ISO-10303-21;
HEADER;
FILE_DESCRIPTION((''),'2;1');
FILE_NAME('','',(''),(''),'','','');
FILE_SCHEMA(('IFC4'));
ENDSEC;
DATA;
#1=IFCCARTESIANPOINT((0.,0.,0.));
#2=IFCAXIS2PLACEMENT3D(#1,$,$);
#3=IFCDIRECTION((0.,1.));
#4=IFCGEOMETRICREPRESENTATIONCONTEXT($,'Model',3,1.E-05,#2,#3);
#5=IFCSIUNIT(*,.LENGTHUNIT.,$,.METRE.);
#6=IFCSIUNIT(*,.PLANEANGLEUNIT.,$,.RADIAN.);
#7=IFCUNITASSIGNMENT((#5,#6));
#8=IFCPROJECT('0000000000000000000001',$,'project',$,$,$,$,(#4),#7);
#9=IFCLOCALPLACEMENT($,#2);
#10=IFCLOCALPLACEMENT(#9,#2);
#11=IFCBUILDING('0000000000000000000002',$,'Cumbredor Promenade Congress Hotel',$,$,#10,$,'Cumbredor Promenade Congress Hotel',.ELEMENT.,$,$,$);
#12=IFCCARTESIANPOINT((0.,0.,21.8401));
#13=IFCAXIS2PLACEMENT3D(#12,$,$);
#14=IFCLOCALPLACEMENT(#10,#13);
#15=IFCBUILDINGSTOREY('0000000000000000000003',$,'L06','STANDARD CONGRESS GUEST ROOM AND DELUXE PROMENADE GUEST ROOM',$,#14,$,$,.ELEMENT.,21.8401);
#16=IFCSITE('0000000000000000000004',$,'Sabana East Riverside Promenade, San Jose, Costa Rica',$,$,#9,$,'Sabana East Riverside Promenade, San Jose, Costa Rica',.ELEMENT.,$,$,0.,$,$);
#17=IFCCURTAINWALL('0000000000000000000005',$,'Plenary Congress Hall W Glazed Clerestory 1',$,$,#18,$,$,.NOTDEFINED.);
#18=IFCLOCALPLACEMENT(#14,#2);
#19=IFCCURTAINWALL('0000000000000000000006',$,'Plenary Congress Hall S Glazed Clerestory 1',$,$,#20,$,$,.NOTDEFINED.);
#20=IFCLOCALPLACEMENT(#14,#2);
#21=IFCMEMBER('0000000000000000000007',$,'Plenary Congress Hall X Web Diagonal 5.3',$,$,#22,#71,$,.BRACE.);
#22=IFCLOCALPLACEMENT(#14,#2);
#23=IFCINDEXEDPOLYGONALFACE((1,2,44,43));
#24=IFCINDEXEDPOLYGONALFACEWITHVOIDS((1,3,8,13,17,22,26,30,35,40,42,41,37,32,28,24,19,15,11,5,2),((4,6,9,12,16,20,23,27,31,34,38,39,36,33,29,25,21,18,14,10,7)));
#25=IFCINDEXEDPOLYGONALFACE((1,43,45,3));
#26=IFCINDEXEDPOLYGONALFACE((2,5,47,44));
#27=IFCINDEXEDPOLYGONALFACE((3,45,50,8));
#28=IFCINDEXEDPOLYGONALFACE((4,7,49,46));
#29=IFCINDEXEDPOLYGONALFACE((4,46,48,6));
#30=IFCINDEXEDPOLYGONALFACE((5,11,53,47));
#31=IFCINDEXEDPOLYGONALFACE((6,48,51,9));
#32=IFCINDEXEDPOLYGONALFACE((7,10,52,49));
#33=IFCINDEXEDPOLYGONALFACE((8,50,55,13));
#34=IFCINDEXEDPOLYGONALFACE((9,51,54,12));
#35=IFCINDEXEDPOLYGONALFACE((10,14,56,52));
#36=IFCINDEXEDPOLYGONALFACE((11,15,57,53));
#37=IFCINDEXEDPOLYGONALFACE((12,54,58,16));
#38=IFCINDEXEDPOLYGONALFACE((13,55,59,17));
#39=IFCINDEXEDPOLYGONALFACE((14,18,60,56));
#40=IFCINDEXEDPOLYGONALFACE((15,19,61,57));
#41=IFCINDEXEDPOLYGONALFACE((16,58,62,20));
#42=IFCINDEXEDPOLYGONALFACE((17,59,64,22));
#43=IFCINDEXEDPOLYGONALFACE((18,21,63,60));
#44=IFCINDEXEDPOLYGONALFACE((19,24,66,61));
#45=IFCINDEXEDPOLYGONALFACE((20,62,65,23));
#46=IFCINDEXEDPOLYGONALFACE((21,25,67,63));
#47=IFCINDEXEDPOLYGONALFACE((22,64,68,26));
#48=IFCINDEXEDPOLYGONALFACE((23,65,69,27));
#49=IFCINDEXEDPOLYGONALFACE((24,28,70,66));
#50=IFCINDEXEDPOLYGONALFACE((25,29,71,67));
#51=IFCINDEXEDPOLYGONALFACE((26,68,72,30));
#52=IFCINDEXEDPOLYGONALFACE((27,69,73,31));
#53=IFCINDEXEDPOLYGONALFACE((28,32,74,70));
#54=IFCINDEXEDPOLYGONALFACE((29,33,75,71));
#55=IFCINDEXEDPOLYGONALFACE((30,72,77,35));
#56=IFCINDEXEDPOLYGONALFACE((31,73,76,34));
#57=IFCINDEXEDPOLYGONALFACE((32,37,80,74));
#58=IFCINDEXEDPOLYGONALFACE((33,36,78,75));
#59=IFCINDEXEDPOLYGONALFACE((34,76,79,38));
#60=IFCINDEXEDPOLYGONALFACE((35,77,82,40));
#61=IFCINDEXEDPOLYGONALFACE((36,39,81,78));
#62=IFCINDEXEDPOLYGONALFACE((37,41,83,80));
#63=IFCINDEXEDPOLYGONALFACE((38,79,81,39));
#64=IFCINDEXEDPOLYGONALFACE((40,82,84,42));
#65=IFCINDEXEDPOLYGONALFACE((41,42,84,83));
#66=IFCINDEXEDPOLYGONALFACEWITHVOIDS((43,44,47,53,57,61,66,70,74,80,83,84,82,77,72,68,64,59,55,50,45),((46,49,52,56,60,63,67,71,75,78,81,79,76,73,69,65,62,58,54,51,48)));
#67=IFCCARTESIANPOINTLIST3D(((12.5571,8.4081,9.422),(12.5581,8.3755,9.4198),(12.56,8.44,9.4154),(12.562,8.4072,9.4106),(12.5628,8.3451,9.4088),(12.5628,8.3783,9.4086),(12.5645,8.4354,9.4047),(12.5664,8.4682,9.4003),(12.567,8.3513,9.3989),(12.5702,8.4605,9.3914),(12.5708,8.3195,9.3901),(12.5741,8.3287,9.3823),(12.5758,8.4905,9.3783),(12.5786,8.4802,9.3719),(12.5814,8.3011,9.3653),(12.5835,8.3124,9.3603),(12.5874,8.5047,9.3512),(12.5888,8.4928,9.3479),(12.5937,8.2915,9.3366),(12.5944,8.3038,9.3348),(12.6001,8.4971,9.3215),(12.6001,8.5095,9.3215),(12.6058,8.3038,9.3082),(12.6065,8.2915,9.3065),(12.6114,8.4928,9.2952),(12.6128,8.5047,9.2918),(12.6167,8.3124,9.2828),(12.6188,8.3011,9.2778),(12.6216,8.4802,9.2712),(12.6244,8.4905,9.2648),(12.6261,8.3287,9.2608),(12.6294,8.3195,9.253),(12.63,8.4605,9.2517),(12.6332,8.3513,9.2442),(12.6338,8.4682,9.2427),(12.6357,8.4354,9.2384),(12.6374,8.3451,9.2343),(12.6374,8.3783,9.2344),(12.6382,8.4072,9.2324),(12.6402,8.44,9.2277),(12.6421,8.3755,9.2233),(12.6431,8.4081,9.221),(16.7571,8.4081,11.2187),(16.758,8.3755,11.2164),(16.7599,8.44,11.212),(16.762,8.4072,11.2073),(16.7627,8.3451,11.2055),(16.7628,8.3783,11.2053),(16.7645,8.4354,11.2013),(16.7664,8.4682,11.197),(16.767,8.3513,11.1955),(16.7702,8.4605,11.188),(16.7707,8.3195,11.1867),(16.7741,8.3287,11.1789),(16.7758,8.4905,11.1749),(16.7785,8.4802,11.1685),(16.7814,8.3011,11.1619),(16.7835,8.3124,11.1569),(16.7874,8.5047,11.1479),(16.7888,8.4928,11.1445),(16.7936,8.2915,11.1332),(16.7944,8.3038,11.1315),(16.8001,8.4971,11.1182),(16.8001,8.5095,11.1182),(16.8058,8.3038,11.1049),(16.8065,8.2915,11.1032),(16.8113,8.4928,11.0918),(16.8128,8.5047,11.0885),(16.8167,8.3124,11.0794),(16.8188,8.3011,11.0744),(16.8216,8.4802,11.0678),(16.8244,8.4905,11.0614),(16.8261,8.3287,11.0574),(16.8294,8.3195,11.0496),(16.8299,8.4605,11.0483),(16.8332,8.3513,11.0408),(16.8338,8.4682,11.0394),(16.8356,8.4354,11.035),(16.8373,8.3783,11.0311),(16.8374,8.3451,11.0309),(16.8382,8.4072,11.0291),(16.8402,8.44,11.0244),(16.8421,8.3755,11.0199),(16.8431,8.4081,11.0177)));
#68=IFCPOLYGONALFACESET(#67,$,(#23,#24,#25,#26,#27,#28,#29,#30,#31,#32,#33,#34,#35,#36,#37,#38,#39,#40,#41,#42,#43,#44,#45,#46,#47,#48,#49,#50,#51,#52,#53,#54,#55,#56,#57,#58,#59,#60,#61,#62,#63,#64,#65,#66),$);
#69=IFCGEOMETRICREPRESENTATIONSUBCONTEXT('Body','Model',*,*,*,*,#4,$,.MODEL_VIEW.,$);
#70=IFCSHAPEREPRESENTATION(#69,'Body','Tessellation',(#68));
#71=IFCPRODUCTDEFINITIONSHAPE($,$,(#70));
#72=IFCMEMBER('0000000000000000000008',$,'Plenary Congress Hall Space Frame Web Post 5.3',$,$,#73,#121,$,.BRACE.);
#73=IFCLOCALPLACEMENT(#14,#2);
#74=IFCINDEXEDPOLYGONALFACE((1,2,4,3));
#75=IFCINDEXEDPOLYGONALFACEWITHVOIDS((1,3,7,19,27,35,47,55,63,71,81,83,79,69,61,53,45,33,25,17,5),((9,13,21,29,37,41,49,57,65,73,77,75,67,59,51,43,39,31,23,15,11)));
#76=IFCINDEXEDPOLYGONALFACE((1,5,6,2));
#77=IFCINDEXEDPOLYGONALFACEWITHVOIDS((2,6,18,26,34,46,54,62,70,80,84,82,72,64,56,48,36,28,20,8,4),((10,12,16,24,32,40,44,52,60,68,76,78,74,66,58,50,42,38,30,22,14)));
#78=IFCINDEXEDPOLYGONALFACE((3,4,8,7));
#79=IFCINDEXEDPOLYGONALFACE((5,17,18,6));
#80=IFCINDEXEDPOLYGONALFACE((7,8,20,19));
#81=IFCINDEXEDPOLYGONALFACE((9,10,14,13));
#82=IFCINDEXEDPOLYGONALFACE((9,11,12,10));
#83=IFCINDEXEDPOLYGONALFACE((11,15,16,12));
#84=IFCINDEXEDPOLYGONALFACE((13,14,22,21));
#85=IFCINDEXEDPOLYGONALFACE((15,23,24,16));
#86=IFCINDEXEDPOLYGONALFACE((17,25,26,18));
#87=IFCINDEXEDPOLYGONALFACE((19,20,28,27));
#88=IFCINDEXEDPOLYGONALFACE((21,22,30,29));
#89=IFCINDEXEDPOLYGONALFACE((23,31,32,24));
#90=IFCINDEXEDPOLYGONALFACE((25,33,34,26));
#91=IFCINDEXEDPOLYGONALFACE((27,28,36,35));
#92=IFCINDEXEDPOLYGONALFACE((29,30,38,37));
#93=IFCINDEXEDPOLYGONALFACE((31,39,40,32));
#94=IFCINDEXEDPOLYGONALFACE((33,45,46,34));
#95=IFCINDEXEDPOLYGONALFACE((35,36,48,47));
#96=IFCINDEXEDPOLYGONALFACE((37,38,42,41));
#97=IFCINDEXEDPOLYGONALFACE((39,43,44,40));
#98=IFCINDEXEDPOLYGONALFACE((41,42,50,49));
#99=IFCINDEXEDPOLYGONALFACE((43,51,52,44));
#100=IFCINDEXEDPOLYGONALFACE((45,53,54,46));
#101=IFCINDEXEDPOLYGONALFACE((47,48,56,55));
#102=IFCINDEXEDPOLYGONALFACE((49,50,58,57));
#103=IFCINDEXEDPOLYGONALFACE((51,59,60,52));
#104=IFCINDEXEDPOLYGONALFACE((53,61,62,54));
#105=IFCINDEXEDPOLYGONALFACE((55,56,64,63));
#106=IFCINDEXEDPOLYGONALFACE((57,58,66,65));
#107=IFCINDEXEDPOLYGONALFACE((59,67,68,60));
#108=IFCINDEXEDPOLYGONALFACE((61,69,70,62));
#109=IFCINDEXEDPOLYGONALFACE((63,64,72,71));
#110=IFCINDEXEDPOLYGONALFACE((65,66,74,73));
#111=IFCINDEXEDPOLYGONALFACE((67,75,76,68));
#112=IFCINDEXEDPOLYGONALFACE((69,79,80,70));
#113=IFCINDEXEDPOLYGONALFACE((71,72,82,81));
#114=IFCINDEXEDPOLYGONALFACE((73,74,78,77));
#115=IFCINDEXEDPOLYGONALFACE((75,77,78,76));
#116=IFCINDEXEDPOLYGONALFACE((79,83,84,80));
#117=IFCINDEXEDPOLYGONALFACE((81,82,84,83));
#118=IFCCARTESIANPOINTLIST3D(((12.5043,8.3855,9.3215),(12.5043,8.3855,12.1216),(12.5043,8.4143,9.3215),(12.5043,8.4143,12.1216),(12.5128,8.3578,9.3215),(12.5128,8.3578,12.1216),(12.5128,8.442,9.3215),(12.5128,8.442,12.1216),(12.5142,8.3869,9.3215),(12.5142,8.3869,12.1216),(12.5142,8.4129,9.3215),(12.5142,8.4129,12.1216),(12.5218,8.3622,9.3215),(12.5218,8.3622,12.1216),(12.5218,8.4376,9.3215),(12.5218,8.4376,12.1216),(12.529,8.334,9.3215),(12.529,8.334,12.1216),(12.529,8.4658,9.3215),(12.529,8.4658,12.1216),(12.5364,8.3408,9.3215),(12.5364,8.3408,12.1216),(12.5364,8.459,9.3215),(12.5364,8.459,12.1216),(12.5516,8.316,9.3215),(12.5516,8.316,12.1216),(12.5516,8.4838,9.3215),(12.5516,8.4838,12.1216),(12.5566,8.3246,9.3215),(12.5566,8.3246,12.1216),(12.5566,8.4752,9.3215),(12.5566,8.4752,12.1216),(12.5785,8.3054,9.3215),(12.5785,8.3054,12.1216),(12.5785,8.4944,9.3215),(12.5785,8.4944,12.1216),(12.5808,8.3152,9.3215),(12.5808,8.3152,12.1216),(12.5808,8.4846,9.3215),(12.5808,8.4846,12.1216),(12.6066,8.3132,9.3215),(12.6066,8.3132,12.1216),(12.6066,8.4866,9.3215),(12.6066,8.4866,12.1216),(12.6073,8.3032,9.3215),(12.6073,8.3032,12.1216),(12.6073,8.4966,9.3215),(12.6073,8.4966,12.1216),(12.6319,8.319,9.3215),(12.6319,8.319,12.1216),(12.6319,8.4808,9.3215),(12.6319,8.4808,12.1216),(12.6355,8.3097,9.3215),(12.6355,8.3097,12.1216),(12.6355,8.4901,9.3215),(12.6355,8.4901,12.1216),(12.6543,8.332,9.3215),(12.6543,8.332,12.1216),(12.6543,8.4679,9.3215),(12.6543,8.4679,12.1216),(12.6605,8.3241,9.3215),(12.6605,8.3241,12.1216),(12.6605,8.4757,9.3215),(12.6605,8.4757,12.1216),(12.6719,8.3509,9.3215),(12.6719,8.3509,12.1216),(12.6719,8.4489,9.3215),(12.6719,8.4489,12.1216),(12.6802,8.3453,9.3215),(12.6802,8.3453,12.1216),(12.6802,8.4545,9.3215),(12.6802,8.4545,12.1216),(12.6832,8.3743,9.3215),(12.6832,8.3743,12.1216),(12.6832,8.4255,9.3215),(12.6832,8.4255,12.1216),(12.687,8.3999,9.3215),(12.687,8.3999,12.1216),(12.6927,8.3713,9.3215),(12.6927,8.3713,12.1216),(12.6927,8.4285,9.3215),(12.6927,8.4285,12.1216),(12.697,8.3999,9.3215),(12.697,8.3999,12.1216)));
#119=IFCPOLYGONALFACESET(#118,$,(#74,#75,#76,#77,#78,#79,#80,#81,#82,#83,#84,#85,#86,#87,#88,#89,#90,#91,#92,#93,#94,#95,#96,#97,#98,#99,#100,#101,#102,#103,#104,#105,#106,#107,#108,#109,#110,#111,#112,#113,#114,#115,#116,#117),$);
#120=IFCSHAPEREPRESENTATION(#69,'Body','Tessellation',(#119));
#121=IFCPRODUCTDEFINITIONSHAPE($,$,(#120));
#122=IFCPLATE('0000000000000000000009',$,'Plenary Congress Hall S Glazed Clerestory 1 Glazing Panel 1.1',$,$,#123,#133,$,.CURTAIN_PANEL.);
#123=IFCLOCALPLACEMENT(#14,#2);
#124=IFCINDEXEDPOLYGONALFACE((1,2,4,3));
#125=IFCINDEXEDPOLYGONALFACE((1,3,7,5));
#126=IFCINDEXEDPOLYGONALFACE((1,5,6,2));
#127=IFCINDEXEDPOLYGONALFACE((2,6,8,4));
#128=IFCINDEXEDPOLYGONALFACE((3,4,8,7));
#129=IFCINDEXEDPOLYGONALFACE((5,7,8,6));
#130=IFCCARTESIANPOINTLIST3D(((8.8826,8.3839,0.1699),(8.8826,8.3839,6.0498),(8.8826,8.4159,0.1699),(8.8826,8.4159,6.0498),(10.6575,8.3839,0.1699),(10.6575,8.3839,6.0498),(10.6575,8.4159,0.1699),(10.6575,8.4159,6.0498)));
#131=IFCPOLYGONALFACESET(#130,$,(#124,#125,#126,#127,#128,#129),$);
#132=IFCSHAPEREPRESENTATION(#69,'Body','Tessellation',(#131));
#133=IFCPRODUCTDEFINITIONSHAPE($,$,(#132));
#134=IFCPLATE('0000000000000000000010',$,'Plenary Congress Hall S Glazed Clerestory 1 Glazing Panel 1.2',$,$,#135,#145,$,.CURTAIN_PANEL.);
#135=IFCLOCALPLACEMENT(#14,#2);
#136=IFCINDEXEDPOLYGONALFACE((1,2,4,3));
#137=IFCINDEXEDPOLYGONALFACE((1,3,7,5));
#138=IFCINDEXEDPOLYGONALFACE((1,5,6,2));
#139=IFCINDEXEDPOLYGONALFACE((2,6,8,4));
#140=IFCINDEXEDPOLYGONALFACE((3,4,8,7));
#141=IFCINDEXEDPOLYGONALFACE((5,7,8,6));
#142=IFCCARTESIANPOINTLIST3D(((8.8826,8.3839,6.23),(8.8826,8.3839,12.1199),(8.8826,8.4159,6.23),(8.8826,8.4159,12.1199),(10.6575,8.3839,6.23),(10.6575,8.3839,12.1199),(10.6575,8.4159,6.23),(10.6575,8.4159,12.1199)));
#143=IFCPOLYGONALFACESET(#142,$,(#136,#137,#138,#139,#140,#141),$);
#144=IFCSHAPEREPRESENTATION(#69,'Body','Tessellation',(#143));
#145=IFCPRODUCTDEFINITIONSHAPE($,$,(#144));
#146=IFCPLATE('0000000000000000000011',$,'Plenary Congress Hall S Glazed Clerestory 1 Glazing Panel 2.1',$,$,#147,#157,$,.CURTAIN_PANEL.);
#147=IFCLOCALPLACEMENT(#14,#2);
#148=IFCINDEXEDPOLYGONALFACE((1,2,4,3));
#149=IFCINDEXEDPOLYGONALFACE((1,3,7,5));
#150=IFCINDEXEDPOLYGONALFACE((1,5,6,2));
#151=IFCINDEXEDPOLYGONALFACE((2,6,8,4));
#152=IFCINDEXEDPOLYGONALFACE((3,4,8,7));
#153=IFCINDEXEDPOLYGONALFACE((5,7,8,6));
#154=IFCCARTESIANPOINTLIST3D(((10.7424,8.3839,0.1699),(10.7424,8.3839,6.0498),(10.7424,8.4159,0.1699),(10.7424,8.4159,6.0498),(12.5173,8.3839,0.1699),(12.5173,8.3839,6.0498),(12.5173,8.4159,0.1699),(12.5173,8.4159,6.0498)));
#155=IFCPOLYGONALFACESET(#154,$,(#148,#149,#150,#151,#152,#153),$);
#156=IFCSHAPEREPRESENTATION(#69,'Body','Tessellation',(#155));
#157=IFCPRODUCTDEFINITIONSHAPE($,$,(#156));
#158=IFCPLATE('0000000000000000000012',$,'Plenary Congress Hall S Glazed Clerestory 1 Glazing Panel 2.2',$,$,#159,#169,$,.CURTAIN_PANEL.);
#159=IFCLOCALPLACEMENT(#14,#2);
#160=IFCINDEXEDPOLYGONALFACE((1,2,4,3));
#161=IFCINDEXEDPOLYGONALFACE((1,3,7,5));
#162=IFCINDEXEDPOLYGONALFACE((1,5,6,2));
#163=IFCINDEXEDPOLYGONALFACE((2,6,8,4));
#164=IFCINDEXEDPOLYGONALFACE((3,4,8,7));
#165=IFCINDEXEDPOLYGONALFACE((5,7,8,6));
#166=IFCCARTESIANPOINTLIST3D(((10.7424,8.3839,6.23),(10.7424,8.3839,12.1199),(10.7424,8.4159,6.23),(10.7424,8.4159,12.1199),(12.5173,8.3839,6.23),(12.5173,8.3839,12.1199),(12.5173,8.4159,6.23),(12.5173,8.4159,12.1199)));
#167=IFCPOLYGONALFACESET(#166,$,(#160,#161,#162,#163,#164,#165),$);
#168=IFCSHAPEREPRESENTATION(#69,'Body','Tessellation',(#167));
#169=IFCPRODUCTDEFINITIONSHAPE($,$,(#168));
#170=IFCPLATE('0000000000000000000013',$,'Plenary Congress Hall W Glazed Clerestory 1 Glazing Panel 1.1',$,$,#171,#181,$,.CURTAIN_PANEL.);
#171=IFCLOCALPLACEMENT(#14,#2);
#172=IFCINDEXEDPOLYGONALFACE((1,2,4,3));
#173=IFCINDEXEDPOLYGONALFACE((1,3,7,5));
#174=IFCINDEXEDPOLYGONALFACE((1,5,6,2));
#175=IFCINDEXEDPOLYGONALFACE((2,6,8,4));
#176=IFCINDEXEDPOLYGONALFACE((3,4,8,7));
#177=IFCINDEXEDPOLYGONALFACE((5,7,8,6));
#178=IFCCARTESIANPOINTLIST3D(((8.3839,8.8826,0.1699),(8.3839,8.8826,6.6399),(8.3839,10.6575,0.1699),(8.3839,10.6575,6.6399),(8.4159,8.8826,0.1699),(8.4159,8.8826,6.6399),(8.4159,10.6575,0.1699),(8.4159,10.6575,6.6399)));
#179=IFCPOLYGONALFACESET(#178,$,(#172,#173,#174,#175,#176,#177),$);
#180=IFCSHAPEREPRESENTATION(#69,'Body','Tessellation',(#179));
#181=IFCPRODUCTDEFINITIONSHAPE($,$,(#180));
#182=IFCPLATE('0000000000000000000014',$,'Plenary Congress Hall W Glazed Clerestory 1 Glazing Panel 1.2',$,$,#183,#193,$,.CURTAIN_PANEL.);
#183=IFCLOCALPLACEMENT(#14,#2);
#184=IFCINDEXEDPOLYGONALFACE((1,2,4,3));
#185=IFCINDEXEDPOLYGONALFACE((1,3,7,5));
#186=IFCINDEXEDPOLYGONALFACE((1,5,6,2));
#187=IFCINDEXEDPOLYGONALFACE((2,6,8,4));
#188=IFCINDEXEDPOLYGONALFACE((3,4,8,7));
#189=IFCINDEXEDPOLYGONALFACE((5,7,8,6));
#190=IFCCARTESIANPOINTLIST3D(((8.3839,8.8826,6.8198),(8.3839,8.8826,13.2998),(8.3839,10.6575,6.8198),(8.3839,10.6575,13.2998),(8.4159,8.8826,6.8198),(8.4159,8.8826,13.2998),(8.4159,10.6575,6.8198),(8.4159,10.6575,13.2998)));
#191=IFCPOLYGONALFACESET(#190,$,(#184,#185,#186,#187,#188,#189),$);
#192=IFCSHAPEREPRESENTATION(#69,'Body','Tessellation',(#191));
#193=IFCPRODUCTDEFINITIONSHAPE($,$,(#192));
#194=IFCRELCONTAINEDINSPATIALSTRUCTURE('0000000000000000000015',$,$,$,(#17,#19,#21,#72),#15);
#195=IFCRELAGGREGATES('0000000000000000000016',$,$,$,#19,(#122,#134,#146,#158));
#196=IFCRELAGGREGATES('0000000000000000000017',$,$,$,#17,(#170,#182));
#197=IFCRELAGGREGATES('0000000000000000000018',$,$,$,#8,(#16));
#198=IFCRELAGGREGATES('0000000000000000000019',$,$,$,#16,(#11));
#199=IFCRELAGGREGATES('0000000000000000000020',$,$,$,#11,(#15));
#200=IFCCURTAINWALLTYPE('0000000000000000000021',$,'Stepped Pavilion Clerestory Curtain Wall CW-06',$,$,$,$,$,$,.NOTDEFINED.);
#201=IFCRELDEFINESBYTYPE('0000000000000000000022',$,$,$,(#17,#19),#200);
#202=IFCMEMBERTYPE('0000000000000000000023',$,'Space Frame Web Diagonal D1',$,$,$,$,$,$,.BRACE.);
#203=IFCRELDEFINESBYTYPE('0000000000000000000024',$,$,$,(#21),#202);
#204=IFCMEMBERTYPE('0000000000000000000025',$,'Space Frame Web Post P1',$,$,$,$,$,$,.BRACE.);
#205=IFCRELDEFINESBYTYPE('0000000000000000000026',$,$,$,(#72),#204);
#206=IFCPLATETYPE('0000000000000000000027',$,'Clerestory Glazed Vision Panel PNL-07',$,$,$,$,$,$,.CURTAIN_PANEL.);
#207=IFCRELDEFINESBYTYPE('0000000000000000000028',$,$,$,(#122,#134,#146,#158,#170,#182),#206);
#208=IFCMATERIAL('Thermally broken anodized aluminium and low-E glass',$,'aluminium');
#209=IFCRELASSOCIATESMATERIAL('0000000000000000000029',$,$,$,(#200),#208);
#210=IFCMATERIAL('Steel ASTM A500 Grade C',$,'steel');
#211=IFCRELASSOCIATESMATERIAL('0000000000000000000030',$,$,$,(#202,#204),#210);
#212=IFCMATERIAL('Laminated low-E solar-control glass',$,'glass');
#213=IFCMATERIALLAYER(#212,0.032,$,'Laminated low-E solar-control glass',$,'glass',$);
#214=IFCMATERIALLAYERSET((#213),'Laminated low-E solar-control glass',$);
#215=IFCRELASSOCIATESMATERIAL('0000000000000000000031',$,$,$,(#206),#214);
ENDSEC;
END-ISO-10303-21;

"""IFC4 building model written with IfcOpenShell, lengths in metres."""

from ifc_helpers import new_model, si_unit, direction, frame, origin, origin_2d, place, context, subcontext, project, spatial, rectangle, hollow_circle, extrude, material, layer, layer_set, material_profile, profile_set, type_object, element, aggregate, save


model = new_model("IFC4")

# Units and contexts
model_context = context("Model", 3, precision=1e-05, world=origin(), true_north=direction((0.0, 1.0)))
body_context = subcontext(model_context, "Body", "Model", "MODEL_VIEW")
ifc_project = project(units=[si_unit("LENGTHUNIT", "METRE"), si_unit("PLANEANGLEUNIT", "RADIAN")], contexts=[model_context])

# Site, building, storey
site_placement = place(None, origin())
site = spatial("IfcSite", under=ifc_project, at=site_placement, Name="Sabana East Riverside Promenade, San Jose, Costa Rica", LongName="Sabana East Riverside Promenade, San Jose, Costa Rica", CompositionType="ELEMENT", RefElevation=0.0)
building_placement = place(site_placement, origin())
building = spatial("IfcBuilding", under=site, at=building_placement, Name="Cumbredor Promenade Congress Hotel", LongName="Cumbredor Promenade Congress Hotel", CompositionType="ELEMENT")
storey_placement = place(building_placement, frame((0.0, 0.0, 21.8401)))
storey = spatial("IfcBuildingStorey", under=building, at=storey_placement, Name="L06", Description="STANDARD CONGRESS GUEST ROOM AND DELUXE PROMENADE GUEST ROOM", CompositionType="ELEMENT", Elevation=21.8401)

# Curtain walls
ifc_material_1 = material(Name="Thermally broken anodized aluminium and low-E glass", Category="aluminium")
curtain_wall_type = type_object("IfcCurtainWallType", Name="Stepped Pavilion Clerestory Curtain Wall CW-06", PredefinedType="NOTDEFINED", material=ifc_material_1)
curtain_wall_1_placement = place(storey_placement, origin())
curtain_wall_1 = element("IfcCurtainWall", 1, at=curtain_wall_1_placement, inside=storey, type_object=curtain_wall_type, Name="Plenary Congress Hall W Glazed Clerestory 1", PredefinedType="NOTDEFINED")
curtain_wall_2_placement = place(storey_placement, origin())
curtain_wall_2 = element("IfcCurtainWall", 2, at=curtain_wall_2_placement, inside=storey, type_object=curtain_wall_type, Name="Plenary Congress Hall S Glazed Clerestory 1", PredefinedType="NOTDEFINED")

# Members
ifc_material_2 = material(Name="Steel ASTM A500 Grade C", Category="steel")
ifc_material_profile_1 = material_profile(ifc_material_2, hollow_circle(Radius=0.1096, WallThickness=0.0125, at=origin_2d()), Name="CHS 219.1x12.5")
ifc_profile_set_1 = profile_set([ifc_material_profile_1], Name="Steel ASTM A500 Grade C")
member_type_1 = type_object("IfcMemberType", Name="Space Frame Web Diagonal D1", PredefinedType="BRACE", material=ifc_profile_set_1)
member_1_placement = place(storey_placement, frame((12.6001, 8.3999, 9.3215), z_axis=(0.91941, 0.0, 0.3933), x_axis=(0.0, 1.0, 0.0)))
element("IfcMember", 3, at=member_1_placement, inside=storey, type_object=member_type_1, Name="Plenary Congress Hall X Web Diagonal 5.3", PredefinedType="BRACE", context=body_context, shape_type="SweptSolid", body=[
    extrude(hollow_circle(Radius=0.1096, WallThickness=0.0125, at=origin_2d()), origin(), (0.0, 0.0, 1.0), 4.5681),
])
ifc_material_profile_2 = material_profile(ifc_material_2, hollow_circle(Radius=0.0969, WallThickness=0.01, at=origin_2d()), Name="CHS 193.7x10")
ifc_profile_set_2 = profile_set([ifc_material_profile_2], Name="Steel ASTM A500 Grade C")
member_type_2 = type_object("IfcMemberType", Name="Space Frame Web Post P1", PredefinedType="BRACE", material=ifc_profile_set_2)
member_2_placement = place(storey_placement, frame((12.6001, 8.3999, 9.3215), z_axis=(0.0, 0.0, 1.0), x_axis=(1.0, 0.0, 0.0)))
element("IfcMember", 4, at=member_2_placement, inside=storey, type_object=member_type_2, Name="Plenary Congress Hall Space Frame Web Post 5.3", PredefinedType="BRACE", context=body_context, shape_type="SweptSolid", body=[
    extrude(hollow_circle(Radius=0.0969, WallThickness=0.01, at=origin_2d()), origin(), (0.0, 0.0, 1.0), 2.8),
])

# Plates
ifc_material_3 = material(Name="Laminated low-E solar-control glass", Category="glass")
ifc_layer_1 = layer(ifc_material_3, 0.032, Name="Laminated low-E solar-control glass", Category="glass")
ifc_layer_set_1 = layer_set([ifc_layer_1], Name="Laminated low-E solar-control glass")
plate_type_1 = type_object("IfcPlateType", Name="Clerestory Glazed Vision Panel PNL-07", PredefinedType="CURTAIN_PANEL", material=ifc_layer_set_1)
plate_1_placement = place(storey_placement, frame((9.77, 8.3999, 0.1699), z_axis=(0.0, 0.0, 1.0), x_axis=(1.0, 0.0, 0.0)))
plate_1 = element("IfcPlate", 5, at=plate_1_placement, type_object=plate_type_1, Name="Plenary Congress Hall S Glazed Clerestory 1 Glazing Panel 1.1", PredefinedType="CURTAIN_PANEL", context=body_context, shape_type="SweptSolid", body=[
    extrude(rectangle(XDim=1.7749, YDim=0.032, at=origin_2d()), origin(), (0.0, 0.0, 1.0), 5.8799),
])
plate_2_placement = place(storey_placement, frame((9.77, 8.3999, 6.23), z_axis=(0.0, 0.0, 1.0), x_axis=(1.0, 0.0, 0.0)))
plate_2 = element("IfcPlate", 6, at=plate_2_placement, type_object=plate_type_1, Name="Plenary Congress Hall S Glazed Clerestory 1 Glazing Panel 1.2", PredefinedType="CURTAIN_PANEL", context=body_context, shape_type="SweptSolid", body=[
    extrude(rectangle(XDim=1.7749, YDim=0.032, at=origin_2d()), origin(), (0.0, 0.0, 1.0), 5.8899),
])
plate_3_placement = place(storey_placement, frame((11.6299, 8.3999, 0.1699), z_axis=(0.0, 0.0, 1.0), x_axis=(1.0, 0.0, 0.0)))
plate_3 = element("IfcPlate", 7, at=plate_3_placement, type_object=plate_type_1, Name="Plenary Congress Hall S Glazed Clerestory 1 Glazing Panel 2.1", PredefinedType="CURTAIN_PANEL", context=body_context, shape_type="SweptSolid", body=[
    extrude(rectangle(XDim=1.7749, YDim=0.032, at=origin_2d()), origin(), (0.0, 0.0, 1.0), 5.8799),
])
plate_4_placement = place(storey_placement, frame((11.6299, 8.3999, 6.23), z_axis=(0.0, 0.0, 1.0), x_axis=(1.0, 0.0, 0.0)))
plate_4 = element("IfcPlate", 8, at=plate_4_placement, type_object=plate_type_1, Name="Plenary Congress Hall S Glazed Clerestory 1 Glazing Panel 2.2", PredefinedType="CURTAIN_PANEL", context=body_context, shape_type="SweptSolid", body=[
    extrude(rectangle(XDim=1.7749, YDim=0.032, at=origin_2d()), origin(), (0.0, 0.0, 1.0), 5.8899),
])
aggregate(curtain_wall_2, [plate_1, plate_2, plate_3, plate_4])
plate_5_placement = place(storey_placement, frame((8.3999, 9.77, 0.1699), z_axis=(0.0, 0.0, 1.0), x_axis=(0.0, 1.0, 0.0)))
plate_5 = element("IfcPlate", 9, at=plate_5_placement, type_object=plate_type_1, Name="Plenary Congress Hall W Glazed Clerestory 1 Glazing Panel 1.1", PredefinedType="CURTAIN_PANEL", context=body_context, shape_type="SweptSolid", body=[
    extrude(rectangle(XDim=1.7749, YDim=0.032, at=origin_2d()), origin(), (0.0, 0.0, 1.0), 6.47),
])
plate_6_placement = place(storey_placement, frame((8.3999, 9.77, 6.8198), z_axis=(0.0, 0.0, 1.0), x_axis=(0.0, 1.0, 0.0)))
plate_6 = element("IfcPlate", 10, at=plate_6_placement, type_object=plate_type_1, Name="Plenary Congress Hall W Glazed Clerestory 1 Glazing Panel 1.2", PredefinedType="CURTAIN_PANEL", context=body_context, shape_type="SweptSolid", body=[
    extrude(rectangle(XDim=1.7749, YDim=0.032, at=origin_2d()), origin(), (0.0, 0.0, 1.0), 6.48),
])
aggregate(curtain_wall_1, [plate_5, plate_6])

save(model, "model.ifc")
